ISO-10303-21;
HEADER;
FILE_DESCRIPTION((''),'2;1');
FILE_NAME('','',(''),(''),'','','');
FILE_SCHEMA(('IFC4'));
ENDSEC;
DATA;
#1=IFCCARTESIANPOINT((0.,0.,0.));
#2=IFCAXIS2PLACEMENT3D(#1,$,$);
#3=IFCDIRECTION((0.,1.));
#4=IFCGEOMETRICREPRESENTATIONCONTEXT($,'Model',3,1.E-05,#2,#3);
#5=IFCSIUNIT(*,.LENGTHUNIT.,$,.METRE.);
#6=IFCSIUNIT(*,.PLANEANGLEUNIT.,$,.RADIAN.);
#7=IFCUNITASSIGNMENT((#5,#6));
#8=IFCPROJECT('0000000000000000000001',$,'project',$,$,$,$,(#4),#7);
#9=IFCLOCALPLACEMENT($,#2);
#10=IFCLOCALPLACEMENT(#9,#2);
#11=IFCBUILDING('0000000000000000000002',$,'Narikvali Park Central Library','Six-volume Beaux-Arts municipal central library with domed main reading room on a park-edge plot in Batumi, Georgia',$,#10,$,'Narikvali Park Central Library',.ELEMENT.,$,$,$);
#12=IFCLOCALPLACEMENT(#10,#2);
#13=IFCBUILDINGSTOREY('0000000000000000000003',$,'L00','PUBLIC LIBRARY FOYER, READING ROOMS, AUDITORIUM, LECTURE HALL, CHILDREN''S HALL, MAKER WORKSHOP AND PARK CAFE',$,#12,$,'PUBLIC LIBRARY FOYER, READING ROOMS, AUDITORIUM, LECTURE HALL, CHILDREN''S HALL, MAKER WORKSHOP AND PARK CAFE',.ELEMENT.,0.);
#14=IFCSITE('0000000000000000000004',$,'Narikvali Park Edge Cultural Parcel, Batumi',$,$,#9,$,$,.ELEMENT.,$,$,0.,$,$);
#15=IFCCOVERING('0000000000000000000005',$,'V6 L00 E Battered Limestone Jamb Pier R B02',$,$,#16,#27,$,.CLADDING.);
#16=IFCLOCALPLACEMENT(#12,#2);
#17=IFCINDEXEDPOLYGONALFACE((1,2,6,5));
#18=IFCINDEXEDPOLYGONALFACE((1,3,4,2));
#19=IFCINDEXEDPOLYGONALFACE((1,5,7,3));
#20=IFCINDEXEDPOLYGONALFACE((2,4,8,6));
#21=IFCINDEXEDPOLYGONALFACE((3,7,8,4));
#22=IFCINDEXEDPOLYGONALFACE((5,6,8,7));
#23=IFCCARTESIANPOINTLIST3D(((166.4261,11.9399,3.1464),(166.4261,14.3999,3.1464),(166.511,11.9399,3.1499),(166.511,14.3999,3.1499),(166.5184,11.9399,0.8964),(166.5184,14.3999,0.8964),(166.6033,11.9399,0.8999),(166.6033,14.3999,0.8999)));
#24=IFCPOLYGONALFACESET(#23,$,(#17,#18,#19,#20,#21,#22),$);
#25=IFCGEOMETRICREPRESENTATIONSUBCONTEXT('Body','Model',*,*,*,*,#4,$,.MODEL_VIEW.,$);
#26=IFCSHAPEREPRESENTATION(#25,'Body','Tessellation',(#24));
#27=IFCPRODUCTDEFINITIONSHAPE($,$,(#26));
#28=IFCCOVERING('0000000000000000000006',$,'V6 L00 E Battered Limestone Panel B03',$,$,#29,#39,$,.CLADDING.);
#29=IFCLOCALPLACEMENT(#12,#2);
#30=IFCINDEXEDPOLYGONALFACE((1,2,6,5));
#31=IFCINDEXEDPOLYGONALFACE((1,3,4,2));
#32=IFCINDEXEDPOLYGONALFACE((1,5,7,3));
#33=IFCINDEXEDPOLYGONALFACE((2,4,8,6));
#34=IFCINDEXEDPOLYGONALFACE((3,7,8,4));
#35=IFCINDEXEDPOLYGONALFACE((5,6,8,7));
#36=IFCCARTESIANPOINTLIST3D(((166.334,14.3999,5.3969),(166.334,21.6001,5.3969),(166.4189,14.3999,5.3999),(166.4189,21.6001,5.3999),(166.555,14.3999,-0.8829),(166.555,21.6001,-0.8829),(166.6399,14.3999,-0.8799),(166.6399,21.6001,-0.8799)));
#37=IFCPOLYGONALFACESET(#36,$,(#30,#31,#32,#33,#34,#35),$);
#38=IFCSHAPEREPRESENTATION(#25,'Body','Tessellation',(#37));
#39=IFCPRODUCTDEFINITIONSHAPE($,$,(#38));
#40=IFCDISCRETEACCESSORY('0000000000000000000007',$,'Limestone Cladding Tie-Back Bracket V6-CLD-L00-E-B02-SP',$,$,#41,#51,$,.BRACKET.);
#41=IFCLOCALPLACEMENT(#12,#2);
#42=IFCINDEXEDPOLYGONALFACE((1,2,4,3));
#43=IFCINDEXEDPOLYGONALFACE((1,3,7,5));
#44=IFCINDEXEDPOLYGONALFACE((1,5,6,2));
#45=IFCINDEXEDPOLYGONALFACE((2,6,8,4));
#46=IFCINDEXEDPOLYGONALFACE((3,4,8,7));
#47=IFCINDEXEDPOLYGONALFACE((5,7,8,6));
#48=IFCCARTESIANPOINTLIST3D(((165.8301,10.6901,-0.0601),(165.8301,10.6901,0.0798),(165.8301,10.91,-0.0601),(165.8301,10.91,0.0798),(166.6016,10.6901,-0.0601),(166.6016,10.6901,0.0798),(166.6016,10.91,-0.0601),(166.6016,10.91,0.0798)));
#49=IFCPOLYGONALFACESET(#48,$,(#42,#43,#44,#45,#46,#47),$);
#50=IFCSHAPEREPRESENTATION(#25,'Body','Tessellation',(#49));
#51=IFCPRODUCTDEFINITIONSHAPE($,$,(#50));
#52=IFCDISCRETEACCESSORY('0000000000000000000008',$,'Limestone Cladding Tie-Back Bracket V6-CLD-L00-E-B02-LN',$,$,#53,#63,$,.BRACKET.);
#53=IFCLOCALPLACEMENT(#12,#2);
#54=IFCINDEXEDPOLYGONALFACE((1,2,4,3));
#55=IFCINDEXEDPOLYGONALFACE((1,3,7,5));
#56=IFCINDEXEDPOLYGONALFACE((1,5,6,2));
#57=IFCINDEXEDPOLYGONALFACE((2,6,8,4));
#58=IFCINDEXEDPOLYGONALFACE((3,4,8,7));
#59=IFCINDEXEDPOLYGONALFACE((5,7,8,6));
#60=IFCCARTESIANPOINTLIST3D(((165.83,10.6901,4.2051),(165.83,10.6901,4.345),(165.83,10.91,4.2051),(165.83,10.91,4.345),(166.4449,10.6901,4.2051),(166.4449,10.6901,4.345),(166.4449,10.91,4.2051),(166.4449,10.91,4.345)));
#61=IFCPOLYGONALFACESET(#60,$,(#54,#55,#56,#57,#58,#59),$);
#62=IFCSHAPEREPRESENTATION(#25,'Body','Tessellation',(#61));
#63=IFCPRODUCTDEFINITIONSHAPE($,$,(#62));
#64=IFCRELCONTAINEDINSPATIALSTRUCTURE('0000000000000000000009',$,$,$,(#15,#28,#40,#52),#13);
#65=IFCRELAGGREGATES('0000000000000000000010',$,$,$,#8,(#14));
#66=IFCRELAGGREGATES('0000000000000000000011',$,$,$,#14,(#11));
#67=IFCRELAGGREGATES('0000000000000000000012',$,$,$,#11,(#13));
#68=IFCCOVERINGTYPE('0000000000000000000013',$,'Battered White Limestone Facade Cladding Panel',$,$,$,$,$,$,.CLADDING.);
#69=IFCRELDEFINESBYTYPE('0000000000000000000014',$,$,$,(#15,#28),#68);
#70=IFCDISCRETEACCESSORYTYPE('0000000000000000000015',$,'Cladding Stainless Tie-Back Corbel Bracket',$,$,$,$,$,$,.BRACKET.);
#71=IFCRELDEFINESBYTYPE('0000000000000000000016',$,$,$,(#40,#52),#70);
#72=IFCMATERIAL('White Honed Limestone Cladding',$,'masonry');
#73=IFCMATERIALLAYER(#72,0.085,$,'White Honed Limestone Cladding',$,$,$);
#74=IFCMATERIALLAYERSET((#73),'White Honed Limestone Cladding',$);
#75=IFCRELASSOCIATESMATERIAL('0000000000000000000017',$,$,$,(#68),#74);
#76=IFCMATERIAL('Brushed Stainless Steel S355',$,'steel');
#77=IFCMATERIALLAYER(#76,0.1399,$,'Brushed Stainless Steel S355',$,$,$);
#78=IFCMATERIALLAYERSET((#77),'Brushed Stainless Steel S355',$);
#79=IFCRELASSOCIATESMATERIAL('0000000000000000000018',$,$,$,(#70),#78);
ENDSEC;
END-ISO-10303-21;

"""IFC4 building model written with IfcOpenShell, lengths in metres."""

from ifc_helpers import new_model, si_unit, direction, frame, origin, origin_2d, place, context, subcontext, project, spatial, polyline, rectangle, outline, extrude, material, layer, layer_set, type_object, element, save


model = new_model("IFC4")

# Units and contexts
model_context = context("Model", 3, precision=1e-05, world=origin(), true_north=direction((0.0, 1.0)))
body_context = subcontext(model_context, "Body", "Model", "MODEL_VIEW")
ifc_project = project(units=[si_unit("LENGTHUNIT", "METRE"), si_unit("PLANEANGLEUNIT", "RADIAN")], contexts=[model_context])

# Site, building, storey
site_placement = place(None, origin())
site = spatial("IfcSite", under=ifc_project, at=site_placement, Name="Narikvali Park Edge Cultural Parcel, Batumi", CompositionType="ELEMENT", RefElevation=0.0)
building_placement = place(site_placement, origin())
building = spatial("IfcBuilding", under=site, at=building_placement, Name="Narikvali Park Central Library", Description="Six-volume Beaux-Arts municipal central library with domed main reading room on a park-edge plot in Batumi, Georgia", LongName="Narikvali Park Central Library", CompositionType="ELEMENT")
storey_placement = place(building_placement, origin())
storey = spatial("IfcBuildingStorey", under=building, at=storey_placement, Name="L00", Description="PUBLIC LIBRARY FOYER, READING ROOMS, AUDITORIUM, LECTURE HALL, CHILDREN'S HALL, MAKER WORKSHOP AND PARK CAFE", LongName="PUBLIC LIBRARY FOYER, READING ROOMS, AUDITORIUM, LECTURE HALL, CHILDREN'S HALL, MAKER WORKSHOP AND PARK CAFE", CompositionType="ELEMENT", Elevation=0.0)

# Coverings
ifc_material_1 = material(Name="White Honed Limestone Cladding", Category="masonry")
ifc_layer_1 = layer(ifc_material_1, 0.085, Name="White Honed Limestone Cladding")
ifc_layer_set_1 = layer_set([ifc_layer_1], Name="White Honed Limestone Cladding")
covering_type = type_object("IfcCoveringType", Name="Battered White Limestone Facade Cladding Panel", PredefinedType="CLADDING", material=ifc_layer_set_1)
for number, where, z_axis, x_axis, name in (
    (1, (166.6033, 11.9399, 0.8999), (0.99916, 0.0, 0.040981), (0.0, 1.0, 0.0), "V6 L00 E Battered Limestone Jamb Pier R B02"),
):
    element("IfcCovering", number, at=place(storey_placement, frame(where, z_axis=z_axis, x_axis=x_axis)), inside=storey, type_object=covering_type, Name=name, PredefinedType="CLADDING", context=body_context, shape_type="SweptSolid", body=[
        extrude(outline(polyline([(0.0, 0.0), (2.46, 0.0), (2.46, 2.2519), (0.0, 2.2519), (0.0, 0.0)])), origin(), (0.0, 0.0, -1.0), 0.085),
    ])
covering_1_placement = place(storey_placement, frame((166.6399, 14.3999, -0.8799), z_axis=(0.999382, 0.0, 0.035162), x_axis=(0.0, 1.0, 0.0)))
element("IfcCovering", 2, at=covering_1_placement, inside=storey, type_object=covering_type, Name="V6 L00 E Battered Limestone Panel B03", PredefinedType="CLADDING", context=body_context, shape_type="SweptSolid", body=[
    extrude(outline(polyline([(0.0, 0.0), (7.2002, 0.0), (7.2002, 6.2837), (0.0, 6.2837), (0.0, 0.0)])), origin(), (0.0, 0.0, -1.0), 0.085),
])

# Discrete accessories
ifc_material_2 = material(Name="Brushed Stainless Steel S355", Category="steel")
ifc_layer_2 = layer(ifc_material_2, 0.1399, Name="Brushed Stainless Steel S355")
ifc_layer_set_2 = layer_set([ifc_layer_2], Name="Brushed Stainless Steel S355")
discrete_accessory_type = type_object("IfcDiscreteAccessoryType", Name="Cladding Stainless Tie-Back Corbel Bracket", PredefinedType="BRACKET", material=ifc_layer_set_2)
discrete_accessory_1_placement = place(storey_placement, frame((166.2158, 10.8, -0.0601), z_axis=(0.0, 0.0, 1.0), x_axis=(1.0, 0.0, 0.0)))
element("IfcDiscreteAccessory", 3, at=discrete_accessory_1_placement, inside=storey, type_object=discrete_accessory_type, Name="Limestone Cladding Tie-Back Bracket V6-CLD-L00-E-B02-SP", PredefinedType="BRACKET", context=body_context, shape_type="SweptSolid", body=[
    extrude(rectangle(XDim=0.7715, YDim=0.22, at=origin_2d()), origin(), (0.0, 0.0, 1.0), 0.1399),
])
discrete_accessory_2_placement = place(storey_placement, frame((166.1375, 10.8, 4.2051), z_axis=(0.0, 0.0, 1.0), x_axis=(1.0, 0.0, 0.0)))
element("IfcDiscreteAccessory", 4, at=discrete_accessory_2_placement, inside=storey, type_object=discrete_accessory_type, Name="Limestone Cladding Tie-Back Bracket V6-CLD-L00-E-B02-LN", PredefinedType="BRACKET", context=body_context, shape_type="SweptSolid", body=[
    extrude(rectangle(XDim=0.615, YDim=0.22, at=origin_2d()), origin(), (0.0, 0.0, 1.0), 0.1399),
])

save(model, "model.ifc")
